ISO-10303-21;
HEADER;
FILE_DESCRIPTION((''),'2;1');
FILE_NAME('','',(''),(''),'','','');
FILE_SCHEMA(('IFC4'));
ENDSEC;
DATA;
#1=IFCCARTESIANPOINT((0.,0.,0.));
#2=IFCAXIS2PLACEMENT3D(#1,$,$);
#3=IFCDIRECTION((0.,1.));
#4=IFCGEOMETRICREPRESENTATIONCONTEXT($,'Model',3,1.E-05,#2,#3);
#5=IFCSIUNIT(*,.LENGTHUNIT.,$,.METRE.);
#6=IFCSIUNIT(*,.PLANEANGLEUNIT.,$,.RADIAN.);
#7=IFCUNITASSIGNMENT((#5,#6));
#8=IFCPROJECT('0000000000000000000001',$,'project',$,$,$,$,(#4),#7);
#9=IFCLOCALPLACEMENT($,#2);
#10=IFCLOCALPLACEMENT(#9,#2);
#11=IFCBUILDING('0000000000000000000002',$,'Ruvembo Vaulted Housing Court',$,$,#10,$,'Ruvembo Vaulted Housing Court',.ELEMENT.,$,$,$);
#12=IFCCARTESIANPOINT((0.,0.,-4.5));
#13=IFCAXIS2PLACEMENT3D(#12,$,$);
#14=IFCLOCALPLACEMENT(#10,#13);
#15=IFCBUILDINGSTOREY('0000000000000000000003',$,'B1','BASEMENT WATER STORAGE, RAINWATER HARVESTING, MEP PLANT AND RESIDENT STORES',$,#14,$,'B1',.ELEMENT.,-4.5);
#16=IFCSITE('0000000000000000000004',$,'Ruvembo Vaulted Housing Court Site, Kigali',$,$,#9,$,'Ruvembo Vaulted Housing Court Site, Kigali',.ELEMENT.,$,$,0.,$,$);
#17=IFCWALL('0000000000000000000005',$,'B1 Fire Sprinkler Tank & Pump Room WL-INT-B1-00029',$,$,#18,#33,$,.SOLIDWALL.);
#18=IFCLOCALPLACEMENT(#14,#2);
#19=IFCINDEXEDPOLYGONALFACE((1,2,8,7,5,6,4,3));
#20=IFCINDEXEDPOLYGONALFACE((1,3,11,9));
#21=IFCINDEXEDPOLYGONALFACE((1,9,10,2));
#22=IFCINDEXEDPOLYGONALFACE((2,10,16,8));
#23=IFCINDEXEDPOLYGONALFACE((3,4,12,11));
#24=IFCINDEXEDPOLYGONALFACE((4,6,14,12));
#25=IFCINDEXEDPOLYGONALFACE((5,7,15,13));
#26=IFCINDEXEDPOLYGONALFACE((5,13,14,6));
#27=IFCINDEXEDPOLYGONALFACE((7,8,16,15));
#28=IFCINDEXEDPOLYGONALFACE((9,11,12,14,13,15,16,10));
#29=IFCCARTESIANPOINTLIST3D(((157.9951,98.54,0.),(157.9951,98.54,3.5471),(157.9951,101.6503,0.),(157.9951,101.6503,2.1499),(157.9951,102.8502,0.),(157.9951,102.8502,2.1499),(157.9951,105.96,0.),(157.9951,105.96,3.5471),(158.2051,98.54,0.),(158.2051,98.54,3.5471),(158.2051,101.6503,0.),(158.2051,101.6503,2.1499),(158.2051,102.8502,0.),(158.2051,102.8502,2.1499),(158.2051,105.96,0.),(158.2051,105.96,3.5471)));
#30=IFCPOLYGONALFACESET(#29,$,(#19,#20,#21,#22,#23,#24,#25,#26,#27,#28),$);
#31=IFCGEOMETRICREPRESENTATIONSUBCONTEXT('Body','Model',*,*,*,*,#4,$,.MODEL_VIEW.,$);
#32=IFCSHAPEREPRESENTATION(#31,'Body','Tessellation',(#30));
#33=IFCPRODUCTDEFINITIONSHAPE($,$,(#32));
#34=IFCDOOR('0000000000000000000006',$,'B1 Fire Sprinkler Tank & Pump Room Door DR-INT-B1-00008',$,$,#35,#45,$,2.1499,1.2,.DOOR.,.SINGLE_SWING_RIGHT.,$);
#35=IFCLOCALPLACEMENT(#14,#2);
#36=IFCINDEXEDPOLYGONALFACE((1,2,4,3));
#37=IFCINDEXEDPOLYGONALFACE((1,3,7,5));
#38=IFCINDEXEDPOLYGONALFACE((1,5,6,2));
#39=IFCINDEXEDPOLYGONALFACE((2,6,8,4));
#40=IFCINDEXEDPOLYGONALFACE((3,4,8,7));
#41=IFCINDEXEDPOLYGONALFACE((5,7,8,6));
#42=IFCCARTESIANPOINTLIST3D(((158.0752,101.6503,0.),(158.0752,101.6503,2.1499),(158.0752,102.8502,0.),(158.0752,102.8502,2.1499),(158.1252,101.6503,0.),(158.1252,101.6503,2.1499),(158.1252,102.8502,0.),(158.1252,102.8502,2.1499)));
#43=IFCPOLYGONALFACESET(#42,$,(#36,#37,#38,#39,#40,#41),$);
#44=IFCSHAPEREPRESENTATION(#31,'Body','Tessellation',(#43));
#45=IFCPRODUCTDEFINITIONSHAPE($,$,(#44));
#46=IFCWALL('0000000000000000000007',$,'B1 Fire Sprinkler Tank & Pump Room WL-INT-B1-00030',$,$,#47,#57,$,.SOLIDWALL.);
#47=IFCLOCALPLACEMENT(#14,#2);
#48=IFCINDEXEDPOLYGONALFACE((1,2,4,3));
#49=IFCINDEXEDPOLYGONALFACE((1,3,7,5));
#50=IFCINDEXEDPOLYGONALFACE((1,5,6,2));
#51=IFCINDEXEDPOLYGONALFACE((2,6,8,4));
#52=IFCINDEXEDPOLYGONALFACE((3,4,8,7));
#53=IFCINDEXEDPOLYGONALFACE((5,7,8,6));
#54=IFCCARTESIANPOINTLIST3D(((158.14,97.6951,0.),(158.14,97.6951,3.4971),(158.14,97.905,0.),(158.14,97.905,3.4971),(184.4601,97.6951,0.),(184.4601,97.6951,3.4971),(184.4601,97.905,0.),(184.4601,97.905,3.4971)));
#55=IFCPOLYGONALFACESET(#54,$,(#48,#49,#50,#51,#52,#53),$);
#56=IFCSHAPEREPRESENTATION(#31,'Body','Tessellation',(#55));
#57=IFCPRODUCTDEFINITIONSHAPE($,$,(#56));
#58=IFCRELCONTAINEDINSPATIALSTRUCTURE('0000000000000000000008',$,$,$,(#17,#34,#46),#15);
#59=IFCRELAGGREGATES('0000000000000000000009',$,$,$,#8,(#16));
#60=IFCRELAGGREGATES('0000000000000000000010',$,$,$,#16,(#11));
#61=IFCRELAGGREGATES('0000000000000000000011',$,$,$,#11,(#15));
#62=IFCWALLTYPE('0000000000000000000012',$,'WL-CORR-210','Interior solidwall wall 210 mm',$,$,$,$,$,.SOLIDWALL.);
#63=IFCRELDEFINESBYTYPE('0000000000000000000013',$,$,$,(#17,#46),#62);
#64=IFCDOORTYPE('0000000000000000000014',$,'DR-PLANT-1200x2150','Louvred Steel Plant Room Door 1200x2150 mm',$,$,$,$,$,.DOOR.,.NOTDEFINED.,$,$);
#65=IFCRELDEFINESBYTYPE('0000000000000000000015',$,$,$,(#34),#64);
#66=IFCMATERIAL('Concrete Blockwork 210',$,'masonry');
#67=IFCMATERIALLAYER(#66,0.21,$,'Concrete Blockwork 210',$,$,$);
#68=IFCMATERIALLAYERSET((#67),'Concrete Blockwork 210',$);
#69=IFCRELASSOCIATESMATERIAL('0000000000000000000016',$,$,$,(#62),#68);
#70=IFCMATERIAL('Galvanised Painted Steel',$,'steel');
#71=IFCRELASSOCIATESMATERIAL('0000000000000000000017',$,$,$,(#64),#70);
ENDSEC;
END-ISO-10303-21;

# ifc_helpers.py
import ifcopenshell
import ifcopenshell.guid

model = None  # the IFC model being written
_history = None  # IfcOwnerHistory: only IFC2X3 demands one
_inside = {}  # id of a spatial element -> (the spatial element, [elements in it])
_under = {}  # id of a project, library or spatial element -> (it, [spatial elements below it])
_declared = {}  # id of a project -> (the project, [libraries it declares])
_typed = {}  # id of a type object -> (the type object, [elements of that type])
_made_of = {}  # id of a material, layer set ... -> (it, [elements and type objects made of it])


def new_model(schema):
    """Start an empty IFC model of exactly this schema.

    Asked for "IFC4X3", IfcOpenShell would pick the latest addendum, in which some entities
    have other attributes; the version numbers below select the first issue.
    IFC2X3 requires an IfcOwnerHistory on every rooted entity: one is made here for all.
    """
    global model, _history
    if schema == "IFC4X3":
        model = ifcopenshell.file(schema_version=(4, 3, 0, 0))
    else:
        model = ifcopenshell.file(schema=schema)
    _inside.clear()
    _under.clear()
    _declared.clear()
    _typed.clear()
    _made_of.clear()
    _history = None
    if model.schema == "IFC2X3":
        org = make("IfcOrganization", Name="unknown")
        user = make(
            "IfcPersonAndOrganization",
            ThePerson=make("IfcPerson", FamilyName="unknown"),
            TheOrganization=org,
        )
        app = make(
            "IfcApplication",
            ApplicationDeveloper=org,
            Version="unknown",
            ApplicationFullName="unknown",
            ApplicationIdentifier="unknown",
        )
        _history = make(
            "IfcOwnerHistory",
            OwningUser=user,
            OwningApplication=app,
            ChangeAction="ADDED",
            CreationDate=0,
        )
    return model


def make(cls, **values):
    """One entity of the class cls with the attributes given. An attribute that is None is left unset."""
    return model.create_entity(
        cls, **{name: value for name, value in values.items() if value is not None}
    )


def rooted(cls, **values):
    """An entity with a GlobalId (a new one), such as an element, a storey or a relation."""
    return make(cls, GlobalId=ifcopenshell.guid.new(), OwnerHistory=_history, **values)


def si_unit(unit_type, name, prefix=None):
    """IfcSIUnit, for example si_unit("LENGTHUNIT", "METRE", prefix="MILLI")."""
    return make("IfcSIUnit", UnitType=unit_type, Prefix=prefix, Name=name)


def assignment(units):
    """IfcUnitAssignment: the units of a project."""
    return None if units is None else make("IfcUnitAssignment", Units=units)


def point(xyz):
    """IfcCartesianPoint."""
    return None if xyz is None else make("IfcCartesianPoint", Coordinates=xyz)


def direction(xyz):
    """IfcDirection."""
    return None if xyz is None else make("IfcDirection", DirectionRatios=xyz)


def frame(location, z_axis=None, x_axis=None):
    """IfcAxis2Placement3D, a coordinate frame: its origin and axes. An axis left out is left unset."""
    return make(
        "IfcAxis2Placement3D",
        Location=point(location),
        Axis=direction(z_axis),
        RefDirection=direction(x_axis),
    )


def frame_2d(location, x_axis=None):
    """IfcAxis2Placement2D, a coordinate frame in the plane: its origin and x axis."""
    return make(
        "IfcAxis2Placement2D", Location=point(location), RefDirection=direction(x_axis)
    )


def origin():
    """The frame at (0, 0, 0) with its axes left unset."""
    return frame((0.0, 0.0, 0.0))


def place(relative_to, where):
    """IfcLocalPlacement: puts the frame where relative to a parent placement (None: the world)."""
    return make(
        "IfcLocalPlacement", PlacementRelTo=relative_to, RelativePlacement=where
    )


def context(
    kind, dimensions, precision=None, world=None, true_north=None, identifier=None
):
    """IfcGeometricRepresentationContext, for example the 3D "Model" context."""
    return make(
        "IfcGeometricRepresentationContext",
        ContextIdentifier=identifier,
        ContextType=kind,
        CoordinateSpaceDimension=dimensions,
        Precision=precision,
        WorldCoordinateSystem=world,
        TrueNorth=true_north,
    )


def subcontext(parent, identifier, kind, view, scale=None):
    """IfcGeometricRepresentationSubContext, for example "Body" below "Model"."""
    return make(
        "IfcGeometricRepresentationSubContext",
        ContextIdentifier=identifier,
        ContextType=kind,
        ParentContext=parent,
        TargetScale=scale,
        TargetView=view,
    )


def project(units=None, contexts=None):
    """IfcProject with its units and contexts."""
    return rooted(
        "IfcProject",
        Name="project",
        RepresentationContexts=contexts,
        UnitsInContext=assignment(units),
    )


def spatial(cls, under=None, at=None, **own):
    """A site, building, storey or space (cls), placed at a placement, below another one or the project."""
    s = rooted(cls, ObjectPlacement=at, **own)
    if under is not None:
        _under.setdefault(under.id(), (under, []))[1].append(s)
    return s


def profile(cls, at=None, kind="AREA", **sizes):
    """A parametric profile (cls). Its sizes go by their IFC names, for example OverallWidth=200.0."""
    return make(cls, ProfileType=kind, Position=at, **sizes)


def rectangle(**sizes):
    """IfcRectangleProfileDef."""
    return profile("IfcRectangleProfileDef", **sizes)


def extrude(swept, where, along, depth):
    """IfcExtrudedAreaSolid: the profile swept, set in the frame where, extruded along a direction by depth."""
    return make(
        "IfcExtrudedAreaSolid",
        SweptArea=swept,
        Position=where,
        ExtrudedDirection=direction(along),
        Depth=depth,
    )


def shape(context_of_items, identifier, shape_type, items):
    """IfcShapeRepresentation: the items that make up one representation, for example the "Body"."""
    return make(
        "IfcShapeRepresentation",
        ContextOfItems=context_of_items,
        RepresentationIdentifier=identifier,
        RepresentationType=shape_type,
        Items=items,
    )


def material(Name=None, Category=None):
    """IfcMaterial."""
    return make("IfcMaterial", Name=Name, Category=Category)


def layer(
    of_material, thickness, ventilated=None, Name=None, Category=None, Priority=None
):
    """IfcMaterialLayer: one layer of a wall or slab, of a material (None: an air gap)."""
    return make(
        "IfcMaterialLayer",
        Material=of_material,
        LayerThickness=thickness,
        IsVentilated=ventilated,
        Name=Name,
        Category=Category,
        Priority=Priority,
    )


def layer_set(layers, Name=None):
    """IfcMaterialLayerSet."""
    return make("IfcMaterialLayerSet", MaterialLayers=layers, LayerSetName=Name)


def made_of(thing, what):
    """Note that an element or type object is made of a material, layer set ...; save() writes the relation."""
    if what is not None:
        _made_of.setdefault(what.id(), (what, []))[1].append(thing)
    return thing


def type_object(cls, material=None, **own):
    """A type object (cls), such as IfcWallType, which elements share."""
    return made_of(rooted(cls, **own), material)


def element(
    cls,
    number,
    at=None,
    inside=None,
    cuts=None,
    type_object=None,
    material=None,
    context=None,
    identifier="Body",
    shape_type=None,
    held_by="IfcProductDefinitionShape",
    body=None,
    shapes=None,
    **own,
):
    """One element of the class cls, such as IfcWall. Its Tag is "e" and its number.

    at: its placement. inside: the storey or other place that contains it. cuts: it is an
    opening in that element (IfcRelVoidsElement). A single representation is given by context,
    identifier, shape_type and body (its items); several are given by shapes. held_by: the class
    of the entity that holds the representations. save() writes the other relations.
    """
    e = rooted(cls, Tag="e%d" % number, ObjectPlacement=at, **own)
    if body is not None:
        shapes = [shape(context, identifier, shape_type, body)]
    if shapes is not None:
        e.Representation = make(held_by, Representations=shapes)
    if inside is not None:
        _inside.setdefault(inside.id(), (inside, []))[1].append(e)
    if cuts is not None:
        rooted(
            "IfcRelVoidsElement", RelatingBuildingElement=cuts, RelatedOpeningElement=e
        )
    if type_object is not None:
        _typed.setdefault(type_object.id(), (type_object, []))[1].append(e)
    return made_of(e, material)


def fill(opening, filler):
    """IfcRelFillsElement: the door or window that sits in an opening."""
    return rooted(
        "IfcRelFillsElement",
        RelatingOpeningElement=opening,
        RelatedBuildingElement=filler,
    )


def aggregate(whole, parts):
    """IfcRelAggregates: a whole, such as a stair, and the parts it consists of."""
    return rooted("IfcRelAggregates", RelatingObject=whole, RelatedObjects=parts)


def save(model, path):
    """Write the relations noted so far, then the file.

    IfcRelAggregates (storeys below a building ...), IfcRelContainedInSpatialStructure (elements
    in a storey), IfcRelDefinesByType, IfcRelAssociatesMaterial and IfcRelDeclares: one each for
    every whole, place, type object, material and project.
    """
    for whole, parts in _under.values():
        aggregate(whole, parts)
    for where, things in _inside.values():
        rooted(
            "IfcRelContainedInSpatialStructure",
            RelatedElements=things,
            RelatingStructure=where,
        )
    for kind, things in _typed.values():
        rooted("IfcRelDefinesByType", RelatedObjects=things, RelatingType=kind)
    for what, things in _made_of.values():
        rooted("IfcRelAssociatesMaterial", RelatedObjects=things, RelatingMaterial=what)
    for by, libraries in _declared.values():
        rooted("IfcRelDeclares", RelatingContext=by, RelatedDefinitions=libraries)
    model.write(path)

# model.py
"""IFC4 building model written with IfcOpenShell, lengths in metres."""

from ifc_helpers import new_model, si_unit, direction, frame, frame_2d, origin, place, context, subcontext, project, spatial, rectangle, extrude, material, layer, layer_set, type_object, element, fill, save


model = new_model("IFC4")

# Units and contexts
model_context = context("Model", 3, precision=1e-05, world=origin(), true_north=direction((0.0, 1.0)))
body_context = subcontext(model_context, "Body", "Model", "MODEL_VIEW")
ifc_project = project(units=[si_unit("LENGTHUNIT", "METRE"), si_unit("PLANEANGLEUNIT", "RADIAN")], contexts=[model_context])

# Site, building, storey
site_placement = place(None, origin())
site = spatial("IfcSite", under=ifc_project, at=site_placement, Name="Ruvembo Vaulted Housing Court Site, Kigali", LongName="Ruvembo Vaulted Housing Court Site, Kigali", CompositionType="ELEMENT", RefElevation=0.0)
building_placement = place(site_placement, origin())
building = spatial("IfcBuilding", under=site, at=building_placement, Name="Ruvembo Vaulted Housing Court", LongName="Ruvembo Vaulted Housing Court", CompositionType="ELEMENT")
storey_placement = place(building_placement, frame((0.0, 0.0, -4.5)))
storey = spatial("IfcBuildingStorey", under=building, at=storey_placement, Name="B1", Description="BASEMENT WATER STORAGE, RAINWATER HARVESTING, MEP PLANT AND RESIDENT STORES", LongName="B1", CompositionType="ELEMENT", Elevation=-4.5)

# Wall, opening, door
ifc_material_1 = material(Name="Concrete Blockwork 210", Category="masonry")
ifc_layer = layer(ifc_material_1, 0.21, Name="Concrete Blockwork 210")
ifc_layer_set = layer_set([ifc_layer], Name="Concrete Blockwork 210")
wall_type = type_object("IfcWallType", Name="WL-CORR-210", Description="Interior solidwall wall 210 mm", PredefinedType="SOLIDWALL", material=ifc_layer_set)
wall_1_placement = place(storey_placement, frame((158.1001, 98.54, 0.0), z_axis=(0.0, 0.0, 1.0), x_axis=(0.0, 1.0, 0.0)))
wall_1 = element("IfcWall", 1, at=wall_1_placement, inside=storey, type_object=wall_type, Name="B1 Fire Sprinkler Tank & Pump Room WL-INT-B1-00029", PredefinedType="SOLIDWALL", context=body_context, shape_type="SweptSolid", body=[
    extrude(rectangle(XDim=7.4199, YDim=0.21, at=frame_2d((3.71, 0.0))), origin(), (0.0, 0.0, 1.0), 3.5471),
])
opening_placement = place(wall_1_placement, frame((3.1101, 0.0, 0.0)))
opening = element("IfcOpeningElement", 2, at=opening_placement, cuts=wall_1, PredefinedType="OPENING", context=body_context, shape_type="SweptSolid", body=[
    extrude(rectangle(XDim=1.2, YDim=2.1499, at=frame_2d((0.6001, 1.075))), frame((0.0, 0.115, 0.0), z_axis=(0.0, -1.0, 0.0), x_axis=(1.0, 0.0, 0.0)), (0.0, 0.0, 1.0), 0.23),
])
ifc_material_2 = material(Name="Galvanised Painted Steel", Category="steel")
door_type = type_object("IfcDoorType", Name="DR-PLANT-1200x2150", Description="Louvred Steel Plant Room Door 1200x2150 mm", OperationType="NOTDEFINED", PredefinedType="DOOR", material=ifc_material_2)
door_placement = place(opening_placement, origin())
door = element("IfcDoor", 3, at=door_placement, inside=storey, type_object=door_type, Name="B1 Fire Sprinkler Tank & Pump Room Door DR-INT-B1-00008", OperationType="SINGLE_SWING_RIGHT", OverallHeight=2.1499, OverallWidth=1.2, PredefinedType="DOOR", context=body_context, shape_type="SweptSolid", body=[
    extrude(rectangle(XDim=1.2, YDim=2.1499, at=frame_2d((0.6001, 1.075))), frame((0.0, 0.0249, 0.0), z_axis=(0.0, -1.0, 0.0), x_axis=(1.0, 0.0, 0.0)), (0.0, 0.0, 1.0), 0.05),
])
fill(opening, door)

# Wall
wall_2_placement = place(storey_placement, frame((158.1399, 97.8, 0.0), z_axis=(0.0, 0.0, 1.0), x_axis=(1.0, 0.0, 0.0)))
element("IfcWall", 4, at=wall_2_placement, inside=storey, type_object=wall_type, Name="B1 Fire Sprinkler Tank & Pump Room WL-INT-B1-00030", PredefinedType="SOLIDWALL", context=body_context, shape_type="SweptSolid", body=[
    extrude(rectangle(XDim=26.3201, YDim=0.21, at=frame_2d((13.1602, 0.0))), origin(), (0.0, 0.0, 1.0), 3.4971),
])

save(model, "model.ifc")
